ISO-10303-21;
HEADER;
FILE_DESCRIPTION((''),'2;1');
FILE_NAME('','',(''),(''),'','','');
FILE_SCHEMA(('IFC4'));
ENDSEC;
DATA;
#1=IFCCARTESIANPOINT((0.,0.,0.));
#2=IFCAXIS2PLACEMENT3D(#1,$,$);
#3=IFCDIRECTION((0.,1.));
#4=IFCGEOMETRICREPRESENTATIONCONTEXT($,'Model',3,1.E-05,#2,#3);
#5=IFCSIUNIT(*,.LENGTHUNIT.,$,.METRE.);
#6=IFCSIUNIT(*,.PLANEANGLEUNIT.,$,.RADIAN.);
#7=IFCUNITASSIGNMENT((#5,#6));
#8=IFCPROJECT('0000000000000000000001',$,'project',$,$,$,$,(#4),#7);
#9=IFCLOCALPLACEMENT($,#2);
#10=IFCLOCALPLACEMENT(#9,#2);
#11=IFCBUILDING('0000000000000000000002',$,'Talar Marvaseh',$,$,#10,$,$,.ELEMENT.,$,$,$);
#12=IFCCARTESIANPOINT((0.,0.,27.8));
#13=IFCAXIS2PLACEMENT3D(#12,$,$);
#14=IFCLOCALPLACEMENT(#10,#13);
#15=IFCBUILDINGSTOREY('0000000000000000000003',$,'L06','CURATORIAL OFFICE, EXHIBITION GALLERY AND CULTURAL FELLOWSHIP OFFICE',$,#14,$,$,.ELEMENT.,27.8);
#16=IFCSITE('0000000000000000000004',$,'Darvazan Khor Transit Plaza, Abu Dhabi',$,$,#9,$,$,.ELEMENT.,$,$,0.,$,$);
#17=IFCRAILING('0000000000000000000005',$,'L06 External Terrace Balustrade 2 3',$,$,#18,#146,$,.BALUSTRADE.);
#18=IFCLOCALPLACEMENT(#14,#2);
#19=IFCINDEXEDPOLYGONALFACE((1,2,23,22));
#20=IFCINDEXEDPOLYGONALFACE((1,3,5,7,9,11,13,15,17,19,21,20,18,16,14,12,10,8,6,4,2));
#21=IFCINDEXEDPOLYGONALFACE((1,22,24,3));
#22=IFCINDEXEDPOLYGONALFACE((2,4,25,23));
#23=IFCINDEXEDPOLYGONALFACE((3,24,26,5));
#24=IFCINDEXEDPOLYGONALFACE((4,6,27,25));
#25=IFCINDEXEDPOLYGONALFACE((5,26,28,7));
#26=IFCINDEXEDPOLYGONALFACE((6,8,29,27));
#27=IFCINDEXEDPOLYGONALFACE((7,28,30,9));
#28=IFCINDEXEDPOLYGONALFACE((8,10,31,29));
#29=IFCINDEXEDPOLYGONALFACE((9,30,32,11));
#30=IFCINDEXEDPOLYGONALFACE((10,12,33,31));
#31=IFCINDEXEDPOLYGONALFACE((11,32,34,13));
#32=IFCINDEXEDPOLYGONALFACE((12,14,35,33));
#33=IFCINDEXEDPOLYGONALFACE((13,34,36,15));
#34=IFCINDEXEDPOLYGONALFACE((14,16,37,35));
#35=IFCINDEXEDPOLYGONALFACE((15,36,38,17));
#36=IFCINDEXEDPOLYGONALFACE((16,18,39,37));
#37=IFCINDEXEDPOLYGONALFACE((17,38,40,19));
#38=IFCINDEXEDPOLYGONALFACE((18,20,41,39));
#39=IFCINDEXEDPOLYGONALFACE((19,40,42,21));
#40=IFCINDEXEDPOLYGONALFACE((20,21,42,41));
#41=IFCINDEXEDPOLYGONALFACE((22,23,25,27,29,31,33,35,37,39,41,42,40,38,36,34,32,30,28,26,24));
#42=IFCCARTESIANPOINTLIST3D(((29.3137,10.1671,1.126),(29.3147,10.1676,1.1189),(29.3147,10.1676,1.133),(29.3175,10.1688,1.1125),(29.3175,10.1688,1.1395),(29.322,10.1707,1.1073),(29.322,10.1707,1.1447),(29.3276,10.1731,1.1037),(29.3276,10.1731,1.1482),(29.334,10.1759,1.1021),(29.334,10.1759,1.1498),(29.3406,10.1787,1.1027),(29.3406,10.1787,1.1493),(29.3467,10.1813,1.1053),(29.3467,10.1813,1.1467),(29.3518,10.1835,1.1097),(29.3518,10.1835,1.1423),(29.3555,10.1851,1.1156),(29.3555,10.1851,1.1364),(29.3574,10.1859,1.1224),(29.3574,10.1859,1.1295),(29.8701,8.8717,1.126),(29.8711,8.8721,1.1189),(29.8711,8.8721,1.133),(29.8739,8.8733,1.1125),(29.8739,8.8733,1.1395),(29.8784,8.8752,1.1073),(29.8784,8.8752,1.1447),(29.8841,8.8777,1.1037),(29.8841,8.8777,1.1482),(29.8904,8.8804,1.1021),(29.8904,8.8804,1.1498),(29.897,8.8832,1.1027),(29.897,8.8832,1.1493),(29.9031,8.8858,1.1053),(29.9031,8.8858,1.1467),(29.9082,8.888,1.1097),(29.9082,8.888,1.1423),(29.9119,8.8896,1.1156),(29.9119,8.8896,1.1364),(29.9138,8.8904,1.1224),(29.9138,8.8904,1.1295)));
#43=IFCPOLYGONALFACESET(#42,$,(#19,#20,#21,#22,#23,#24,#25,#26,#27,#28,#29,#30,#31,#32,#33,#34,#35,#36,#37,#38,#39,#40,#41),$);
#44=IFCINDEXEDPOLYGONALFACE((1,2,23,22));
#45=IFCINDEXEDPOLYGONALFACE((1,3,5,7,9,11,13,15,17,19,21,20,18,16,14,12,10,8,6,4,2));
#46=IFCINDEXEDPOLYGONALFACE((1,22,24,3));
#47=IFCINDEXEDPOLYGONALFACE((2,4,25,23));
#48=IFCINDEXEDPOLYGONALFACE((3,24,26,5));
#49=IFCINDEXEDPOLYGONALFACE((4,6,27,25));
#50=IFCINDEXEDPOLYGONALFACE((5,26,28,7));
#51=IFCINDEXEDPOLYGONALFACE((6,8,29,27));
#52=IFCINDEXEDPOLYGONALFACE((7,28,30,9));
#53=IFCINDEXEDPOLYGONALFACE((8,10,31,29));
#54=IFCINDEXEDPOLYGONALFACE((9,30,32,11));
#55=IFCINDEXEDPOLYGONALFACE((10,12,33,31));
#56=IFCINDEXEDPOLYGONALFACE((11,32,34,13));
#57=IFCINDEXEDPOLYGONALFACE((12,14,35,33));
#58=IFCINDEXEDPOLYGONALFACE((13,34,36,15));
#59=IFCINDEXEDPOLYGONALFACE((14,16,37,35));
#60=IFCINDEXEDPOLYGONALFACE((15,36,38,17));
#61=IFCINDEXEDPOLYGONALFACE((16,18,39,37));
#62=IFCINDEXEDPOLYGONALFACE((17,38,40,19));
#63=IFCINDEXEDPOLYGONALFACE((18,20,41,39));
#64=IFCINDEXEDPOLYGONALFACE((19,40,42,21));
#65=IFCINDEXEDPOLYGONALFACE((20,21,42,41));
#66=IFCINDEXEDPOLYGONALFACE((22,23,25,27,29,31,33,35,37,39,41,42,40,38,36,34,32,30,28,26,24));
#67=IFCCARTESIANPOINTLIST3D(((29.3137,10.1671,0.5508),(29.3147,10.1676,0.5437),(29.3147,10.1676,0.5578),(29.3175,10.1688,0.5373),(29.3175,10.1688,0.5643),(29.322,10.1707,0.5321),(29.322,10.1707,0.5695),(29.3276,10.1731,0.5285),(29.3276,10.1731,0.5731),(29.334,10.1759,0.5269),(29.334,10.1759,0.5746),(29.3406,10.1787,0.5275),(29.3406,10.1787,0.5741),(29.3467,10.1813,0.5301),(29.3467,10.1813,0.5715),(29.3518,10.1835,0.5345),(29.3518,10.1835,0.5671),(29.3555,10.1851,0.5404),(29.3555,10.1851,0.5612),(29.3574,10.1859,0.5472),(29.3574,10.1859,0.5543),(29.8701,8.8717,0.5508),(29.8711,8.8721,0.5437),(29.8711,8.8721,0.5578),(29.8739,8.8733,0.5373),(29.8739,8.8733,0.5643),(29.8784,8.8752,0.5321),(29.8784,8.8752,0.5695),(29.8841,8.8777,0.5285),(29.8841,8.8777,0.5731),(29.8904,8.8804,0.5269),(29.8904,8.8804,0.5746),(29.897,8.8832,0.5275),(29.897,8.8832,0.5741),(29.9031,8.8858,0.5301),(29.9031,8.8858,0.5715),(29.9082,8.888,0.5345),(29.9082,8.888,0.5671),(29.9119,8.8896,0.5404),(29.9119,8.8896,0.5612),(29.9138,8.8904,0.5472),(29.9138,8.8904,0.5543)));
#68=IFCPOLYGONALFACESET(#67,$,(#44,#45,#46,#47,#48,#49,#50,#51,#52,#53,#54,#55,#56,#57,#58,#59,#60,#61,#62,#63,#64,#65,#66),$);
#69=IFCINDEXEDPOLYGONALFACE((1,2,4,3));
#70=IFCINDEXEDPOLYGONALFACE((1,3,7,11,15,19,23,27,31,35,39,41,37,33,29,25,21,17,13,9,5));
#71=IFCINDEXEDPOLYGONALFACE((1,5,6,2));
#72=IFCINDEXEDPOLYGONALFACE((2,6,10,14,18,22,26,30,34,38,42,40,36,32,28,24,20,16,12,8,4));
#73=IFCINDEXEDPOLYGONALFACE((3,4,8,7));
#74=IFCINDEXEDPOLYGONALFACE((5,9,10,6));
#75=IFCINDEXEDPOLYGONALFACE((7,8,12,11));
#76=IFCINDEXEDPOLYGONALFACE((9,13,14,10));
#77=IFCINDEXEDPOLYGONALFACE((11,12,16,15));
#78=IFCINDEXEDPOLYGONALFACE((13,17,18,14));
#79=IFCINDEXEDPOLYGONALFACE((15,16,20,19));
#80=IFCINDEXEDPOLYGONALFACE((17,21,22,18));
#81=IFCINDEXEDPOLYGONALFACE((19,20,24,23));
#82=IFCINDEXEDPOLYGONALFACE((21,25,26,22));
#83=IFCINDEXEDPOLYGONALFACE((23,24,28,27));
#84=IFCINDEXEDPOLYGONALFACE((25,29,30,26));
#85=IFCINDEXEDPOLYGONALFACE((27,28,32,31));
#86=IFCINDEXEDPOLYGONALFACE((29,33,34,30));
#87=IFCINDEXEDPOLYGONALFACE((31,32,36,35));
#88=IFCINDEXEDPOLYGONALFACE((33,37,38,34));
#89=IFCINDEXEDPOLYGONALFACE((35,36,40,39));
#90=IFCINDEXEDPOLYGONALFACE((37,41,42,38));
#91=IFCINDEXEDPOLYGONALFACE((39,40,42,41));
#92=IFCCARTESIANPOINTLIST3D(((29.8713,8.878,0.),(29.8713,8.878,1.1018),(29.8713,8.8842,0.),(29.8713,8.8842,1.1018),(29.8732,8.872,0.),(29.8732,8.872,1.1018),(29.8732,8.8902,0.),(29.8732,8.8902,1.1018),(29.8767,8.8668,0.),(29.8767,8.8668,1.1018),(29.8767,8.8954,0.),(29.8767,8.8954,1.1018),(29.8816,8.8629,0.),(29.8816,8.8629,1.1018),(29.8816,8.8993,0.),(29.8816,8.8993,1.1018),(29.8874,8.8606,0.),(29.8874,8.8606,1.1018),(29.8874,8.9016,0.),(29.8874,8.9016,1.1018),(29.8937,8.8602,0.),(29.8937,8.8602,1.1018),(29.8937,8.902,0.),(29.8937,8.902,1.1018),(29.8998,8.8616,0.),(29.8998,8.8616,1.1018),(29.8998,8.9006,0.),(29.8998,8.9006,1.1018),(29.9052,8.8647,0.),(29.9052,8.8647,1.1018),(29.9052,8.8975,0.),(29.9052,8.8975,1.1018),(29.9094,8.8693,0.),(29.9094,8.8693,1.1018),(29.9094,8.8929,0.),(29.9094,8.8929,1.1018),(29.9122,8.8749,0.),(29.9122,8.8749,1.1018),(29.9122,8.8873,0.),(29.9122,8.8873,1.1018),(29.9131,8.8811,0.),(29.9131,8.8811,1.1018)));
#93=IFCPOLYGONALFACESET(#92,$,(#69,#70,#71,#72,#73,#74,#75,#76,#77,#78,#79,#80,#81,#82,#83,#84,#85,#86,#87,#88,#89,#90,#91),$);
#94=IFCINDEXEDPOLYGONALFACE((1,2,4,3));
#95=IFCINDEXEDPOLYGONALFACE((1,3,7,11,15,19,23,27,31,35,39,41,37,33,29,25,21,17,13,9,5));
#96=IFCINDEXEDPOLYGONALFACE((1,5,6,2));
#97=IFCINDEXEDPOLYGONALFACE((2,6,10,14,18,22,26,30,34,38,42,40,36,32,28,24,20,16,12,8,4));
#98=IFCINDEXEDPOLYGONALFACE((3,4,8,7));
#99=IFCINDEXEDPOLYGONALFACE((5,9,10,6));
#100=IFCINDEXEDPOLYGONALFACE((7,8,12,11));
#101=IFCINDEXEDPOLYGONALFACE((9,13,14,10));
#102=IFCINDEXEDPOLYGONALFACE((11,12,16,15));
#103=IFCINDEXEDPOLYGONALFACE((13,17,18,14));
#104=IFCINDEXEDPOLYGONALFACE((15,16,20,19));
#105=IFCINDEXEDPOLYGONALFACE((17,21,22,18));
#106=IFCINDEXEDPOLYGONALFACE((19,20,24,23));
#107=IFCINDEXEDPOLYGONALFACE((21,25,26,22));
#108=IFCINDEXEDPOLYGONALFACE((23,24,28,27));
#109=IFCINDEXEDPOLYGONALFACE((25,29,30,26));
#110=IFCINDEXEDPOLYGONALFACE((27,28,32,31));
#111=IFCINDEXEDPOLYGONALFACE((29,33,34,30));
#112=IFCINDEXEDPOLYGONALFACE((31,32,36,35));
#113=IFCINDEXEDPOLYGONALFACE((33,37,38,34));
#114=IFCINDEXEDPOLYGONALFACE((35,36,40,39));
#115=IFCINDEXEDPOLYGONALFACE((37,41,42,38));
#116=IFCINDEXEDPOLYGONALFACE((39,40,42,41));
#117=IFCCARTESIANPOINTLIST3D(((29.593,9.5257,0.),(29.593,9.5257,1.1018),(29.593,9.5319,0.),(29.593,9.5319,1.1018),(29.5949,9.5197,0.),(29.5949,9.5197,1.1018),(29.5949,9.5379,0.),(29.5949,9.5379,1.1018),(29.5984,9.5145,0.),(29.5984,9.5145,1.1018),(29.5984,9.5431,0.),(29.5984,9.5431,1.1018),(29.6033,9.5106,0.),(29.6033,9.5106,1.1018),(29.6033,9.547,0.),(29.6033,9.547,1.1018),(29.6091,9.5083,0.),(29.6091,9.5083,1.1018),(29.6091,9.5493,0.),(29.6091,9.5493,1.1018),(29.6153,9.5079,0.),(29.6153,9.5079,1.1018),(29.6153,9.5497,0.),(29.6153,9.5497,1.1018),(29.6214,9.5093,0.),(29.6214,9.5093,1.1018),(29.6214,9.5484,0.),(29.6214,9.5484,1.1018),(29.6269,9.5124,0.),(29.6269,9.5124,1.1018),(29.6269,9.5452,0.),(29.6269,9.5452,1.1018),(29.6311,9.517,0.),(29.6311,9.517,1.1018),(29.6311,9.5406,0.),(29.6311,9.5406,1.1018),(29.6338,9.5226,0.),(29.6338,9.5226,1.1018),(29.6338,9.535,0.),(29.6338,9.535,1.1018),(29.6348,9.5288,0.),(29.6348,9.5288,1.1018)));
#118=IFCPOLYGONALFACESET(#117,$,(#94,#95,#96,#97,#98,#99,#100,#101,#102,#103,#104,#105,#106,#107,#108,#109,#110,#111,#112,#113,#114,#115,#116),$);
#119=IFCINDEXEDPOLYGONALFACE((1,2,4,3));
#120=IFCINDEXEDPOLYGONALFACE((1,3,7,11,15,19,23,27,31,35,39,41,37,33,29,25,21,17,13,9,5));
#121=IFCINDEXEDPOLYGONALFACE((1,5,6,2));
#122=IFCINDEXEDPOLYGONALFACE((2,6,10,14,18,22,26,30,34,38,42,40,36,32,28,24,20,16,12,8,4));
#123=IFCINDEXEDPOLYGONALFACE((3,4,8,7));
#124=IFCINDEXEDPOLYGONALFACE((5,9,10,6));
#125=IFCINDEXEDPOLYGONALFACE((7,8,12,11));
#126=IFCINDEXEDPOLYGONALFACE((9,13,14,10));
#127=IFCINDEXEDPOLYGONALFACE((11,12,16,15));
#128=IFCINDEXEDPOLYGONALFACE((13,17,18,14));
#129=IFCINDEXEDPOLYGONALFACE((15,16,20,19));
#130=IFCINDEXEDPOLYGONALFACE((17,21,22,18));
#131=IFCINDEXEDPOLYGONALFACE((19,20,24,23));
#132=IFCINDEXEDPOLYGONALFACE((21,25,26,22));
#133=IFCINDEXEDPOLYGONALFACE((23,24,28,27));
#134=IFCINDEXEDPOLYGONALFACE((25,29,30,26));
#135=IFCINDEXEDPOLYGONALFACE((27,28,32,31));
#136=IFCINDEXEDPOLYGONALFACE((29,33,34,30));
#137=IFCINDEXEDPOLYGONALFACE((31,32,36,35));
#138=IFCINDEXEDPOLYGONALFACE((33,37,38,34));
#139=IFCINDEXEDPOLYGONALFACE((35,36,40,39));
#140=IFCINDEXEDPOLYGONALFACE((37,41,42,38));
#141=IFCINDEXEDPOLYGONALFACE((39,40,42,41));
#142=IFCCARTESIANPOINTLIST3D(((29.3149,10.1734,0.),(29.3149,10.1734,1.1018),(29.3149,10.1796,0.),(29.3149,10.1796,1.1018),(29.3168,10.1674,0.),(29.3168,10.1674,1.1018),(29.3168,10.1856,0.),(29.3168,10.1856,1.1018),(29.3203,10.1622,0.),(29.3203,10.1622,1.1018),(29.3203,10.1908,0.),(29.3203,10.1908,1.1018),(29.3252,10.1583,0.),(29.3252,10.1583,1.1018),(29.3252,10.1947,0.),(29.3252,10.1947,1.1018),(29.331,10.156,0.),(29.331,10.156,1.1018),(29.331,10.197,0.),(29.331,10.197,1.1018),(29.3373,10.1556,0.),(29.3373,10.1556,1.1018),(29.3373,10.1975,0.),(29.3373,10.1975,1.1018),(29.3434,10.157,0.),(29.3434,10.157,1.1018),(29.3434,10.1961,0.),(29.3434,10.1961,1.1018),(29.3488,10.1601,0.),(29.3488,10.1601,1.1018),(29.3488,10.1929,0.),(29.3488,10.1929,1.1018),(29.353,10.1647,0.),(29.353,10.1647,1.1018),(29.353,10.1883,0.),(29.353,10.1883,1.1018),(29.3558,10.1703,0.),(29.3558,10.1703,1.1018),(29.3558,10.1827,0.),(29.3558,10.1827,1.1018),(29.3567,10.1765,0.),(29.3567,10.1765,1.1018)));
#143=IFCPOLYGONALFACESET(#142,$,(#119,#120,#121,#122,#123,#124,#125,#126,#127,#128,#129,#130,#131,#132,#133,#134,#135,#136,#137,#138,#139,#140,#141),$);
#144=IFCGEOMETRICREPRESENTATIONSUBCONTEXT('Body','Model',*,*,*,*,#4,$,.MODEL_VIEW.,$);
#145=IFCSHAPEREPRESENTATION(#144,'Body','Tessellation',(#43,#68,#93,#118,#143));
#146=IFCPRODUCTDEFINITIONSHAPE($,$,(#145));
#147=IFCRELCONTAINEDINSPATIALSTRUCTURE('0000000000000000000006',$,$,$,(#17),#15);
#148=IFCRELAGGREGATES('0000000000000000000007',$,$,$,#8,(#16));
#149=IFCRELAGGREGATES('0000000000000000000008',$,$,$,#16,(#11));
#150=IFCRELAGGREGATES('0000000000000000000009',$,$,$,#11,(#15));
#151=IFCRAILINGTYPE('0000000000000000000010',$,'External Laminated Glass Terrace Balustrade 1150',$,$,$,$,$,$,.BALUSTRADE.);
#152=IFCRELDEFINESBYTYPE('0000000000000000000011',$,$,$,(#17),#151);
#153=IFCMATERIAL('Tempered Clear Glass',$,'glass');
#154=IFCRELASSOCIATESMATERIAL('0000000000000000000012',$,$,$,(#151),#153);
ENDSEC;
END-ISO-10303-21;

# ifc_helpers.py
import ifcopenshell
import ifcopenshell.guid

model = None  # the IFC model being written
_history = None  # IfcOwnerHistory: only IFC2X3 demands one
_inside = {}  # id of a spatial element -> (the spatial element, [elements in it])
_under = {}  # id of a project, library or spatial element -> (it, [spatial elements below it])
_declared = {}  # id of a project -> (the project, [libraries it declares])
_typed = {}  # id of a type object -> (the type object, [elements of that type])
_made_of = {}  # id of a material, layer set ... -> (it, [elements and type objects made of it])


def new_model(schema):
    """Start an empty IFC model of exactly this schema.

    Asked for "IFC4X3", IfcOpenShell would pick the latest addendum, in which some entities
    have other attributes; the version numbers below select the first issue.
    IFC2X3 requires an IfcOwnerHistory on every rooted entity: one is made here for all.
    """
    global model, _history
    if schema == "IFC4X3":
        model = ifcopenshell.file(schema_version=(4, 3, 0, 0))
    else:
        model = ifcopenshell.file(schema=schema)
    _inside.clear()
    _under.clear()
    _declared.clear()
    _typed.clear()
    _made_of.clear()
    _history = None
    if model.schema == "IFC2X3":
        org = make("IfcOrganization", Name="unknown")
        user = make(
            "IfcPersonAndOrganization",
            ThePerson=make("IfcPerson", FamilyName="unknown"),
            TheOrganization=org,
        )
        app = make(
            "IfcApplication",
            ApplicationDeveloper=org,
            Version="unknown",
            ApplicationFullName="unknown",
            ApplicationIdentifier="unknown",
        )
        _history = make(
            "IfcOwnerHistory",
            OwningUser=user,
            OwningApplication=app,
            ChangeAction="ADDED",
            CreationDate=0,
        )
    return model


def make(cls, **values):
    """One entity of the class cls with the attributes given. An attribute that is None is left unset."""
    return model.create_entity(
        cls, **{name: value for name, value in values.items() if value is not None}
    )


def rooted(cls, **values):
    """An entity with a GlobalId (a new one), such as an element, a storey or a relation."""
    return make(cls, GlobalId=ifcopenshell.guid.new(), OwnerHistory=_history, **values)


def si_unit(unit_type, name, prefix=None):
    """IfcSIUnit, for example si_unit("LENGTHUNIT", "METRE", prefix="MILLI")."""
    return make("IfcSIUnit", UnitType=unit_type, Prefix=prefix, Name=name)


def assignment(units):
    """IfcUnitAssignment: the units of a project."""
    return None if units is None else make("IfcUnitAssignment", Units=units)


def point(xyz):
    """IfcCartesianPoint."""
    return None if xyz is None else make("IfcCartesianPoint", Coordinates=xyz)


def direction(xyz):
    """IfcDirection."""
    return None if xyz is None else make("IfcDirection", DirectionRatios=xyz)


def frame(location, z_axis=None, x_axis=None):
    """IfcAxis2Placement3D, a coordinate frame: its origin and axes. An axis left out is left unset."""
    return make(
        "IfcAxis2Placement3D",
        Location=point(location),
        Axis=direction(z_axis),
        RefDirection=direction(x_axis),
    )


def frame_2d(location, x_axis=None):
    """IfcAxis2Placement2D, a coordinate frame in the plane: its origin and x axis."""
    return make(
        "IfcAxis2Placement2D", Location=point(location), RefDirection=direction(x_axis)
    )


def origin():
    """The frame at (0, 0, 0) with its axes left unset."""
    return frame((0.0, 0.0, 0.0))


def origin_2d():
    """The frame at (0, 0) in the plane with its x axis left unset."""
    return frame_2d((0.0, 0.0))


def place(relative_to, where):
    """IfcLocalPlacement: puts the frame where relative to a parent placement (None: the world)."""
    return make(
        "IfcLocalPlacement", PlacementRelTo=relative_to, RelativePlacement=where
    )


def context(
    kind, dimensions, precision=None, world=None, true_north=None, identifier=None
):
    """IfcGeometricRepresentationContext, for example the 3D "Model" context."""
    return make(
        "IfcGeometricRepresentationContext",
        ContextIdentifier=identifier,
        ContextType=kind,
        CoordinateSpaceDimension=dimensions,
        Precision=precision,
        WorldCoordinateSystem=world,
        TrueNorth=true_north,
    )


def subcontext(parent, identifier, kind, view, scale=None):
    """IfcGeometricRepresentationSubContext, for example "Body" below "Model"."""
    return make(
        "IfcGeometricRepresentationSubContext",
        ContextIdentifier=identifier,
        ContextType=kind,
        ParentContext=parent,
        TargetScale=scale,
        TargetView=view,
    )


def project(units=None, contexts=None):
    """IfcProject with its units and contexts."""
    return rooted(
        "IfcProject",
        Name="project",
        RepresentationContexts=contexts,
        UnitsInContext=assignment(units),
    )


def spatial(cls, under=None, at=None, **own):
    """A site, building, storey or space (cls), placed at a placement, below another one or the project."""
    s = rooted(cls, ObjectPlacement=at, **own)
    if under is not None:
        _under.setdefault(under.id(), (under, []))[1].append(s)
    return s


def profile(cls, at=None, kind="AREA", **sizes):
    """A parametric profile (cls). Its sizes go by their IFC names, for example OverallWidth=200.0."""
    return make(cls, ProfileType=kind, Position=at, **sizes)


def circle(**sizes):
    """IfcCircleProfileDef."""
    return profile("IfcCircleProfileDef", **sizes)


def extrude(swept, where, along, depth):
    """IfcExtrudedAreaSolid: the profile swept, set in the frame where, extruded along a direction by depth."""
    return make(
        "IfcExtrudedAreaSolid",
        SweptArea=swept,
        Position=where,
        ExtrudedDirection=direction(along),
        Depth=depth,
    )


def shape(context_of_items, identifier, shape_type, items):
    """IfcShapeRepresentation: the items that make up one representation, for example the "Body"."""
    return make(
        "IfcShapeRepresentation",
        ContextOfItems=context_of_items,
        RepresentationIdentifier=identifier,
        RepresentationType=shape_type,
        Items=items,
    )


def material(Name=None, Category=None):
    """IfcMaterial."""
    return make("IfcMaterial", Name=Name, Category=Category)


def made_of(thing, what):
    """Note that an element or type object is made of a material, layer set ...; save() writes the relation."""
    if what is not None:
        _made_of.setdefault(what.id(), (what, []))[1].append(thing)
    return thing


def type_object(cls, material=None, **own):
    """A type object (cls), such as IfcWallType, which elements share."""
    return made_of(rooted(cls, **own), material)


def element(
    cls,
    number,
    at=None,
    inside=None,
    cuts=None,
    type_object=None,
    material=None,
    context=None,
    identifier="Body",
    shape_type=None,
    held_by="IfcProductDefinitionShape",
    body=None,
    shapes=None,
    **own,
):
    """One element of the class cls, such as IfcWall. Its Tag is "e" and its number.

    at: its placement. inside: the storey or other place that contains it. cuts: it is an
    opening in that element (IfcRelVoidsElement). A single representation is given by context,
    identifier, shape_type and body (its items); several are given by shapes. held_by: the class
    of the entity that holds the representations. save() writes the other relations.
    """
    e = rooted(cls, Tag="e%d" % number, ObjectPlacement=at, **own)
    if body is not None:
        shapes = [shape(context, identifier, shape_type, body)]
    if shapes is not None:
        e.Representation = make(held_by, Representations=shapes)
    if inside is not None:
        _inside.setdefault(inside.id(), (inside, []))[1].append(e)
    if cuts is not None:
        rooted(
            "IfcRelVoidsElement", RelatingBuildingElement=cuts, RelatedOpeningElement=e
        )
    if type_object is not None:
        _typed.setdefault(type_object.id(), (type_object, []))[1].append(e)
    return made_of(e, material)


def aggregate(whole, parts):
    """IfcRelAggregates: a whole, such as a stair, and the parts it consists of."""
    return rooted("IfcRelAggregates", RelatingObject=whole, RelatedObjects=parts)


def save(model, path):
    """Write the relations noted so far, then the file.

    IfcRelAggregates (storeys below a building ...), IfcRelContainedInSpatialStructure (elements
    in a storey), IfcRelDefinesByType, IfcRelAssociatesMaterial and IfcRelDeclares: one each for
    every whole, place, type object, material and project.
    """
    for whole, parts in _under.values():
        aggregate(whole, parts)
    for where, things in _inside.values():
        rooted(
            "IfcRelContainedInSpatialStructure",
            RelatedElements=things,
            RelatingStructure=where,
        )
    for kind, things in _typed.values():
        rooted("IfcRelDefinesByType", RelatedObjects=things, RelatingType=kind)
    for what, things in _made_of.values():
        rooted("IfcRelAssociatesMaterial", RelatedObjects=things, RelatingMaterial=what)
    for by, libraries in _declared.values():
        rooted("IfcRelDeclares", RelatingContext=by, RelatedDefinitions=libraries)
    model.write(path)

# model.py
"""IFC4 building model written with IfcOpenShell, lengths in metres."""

from ifc_helpers import new_model, si_unit, direction, frame, origin, origin_2d, place, context, subcontext, project, spatial, circle, extrude, material, type_object, element, save


model = new_model("IFC4")

# Units and contexts
model_context = context("Model", 3, precision=1e-05, world=origin(), true_north=direction((0.0, 1.0)))
body_context = subcontext(model_context, "Body", "Model", "MODEL_VIEW")
ifc_project = project(units=[si_unit("LENGTHUNIT", "METRE"), si_unit("PLANEANGLEUNIT", "RADIAN")], contexts=[model_context])

# Site, building, storey
site_placement = place(None, origin())
site = spatial("IfcSite", under=ifc_project, at=site_placement, Name="Darvazan Khor Transit Plaza, Abu Dhabi", CompositionType="ELEMENT", RefElevation=0.0)
building_placement = place(site_placement, origin())
building = spatial("IfcBuilding", under=site, at=building_placement, Name="Talar Marvaseh", CompositionType="ELEMENT")
storey_placement = place(building_placement, frame((0.0, 0.0, 27.8)))
storey = spatial("IfcBuildingStorey", under=building, at=storey_placement, Name="L06", Description="CURATORIAL OFFICE, EXHIBITION GALLERY AND CULTURAL FELLOWSHIP OFFICE", CompositionType="ELEMENT", Elevation=27.8)

# Railing
ifc_material_1 = material(Name="Tempered Clear Glass", Category="glass")
railing_type_1 = type_object("IfcRailingType", Name="External Laminated Glass Terrace Balustrade 1150", PredefinedType="BALUSTRADE", material=ifc_material_1)
railing_1_placement = place(storey_placement, frame((29.8921, 8.8811, 0.0)))
element("IfcRailing", 1, at=railing_1_placement, inside=storey, type_object=railing_type_1, Name="L06 External Terrace Balustrade 2 3", PredefinedType="BALUSTRADE", context=body_context, shape_type="SweptSolid", body=[
    extrude(circle(Radius=0.0239, at=origin_2d()), frame((0.0, 0.0, 1.126), z_axis=(-0.394651, 0.918831, 0.0), x_axis=(-0.918831, -0.394651, 0.0)), (0.0, 0.0, 1.0), 1.4099),
    extrude(circle(Radius=0.0239, at=origin_2d()), frame((0.0, 0.0, 0.5508), z_axis=(-0.394651, 0.918831, 0.0), x_axis=(-0.918831, -0.394651, 0.0)), (0.0, 0.0, 1.0), 1.4099),
    extrude(circle(Radius=0.021, at=origin_2d()), origin(), (0.0, 0.0, 1.0), 1.1018),
    extrude(circle(Radius=0.021, at=origin_2d()), frame((-0.2783, 0.6477, 0.0)), (0.0, 0.0, 1.0), 1.1018),
    extrude(circle(Radius=0.021, at=origin_2d()), frame((-0.5564, 1.2954, 0.0)), (0.0, 0.0, 1.0), 1.1018),
])

save(model, "model.ifc")
